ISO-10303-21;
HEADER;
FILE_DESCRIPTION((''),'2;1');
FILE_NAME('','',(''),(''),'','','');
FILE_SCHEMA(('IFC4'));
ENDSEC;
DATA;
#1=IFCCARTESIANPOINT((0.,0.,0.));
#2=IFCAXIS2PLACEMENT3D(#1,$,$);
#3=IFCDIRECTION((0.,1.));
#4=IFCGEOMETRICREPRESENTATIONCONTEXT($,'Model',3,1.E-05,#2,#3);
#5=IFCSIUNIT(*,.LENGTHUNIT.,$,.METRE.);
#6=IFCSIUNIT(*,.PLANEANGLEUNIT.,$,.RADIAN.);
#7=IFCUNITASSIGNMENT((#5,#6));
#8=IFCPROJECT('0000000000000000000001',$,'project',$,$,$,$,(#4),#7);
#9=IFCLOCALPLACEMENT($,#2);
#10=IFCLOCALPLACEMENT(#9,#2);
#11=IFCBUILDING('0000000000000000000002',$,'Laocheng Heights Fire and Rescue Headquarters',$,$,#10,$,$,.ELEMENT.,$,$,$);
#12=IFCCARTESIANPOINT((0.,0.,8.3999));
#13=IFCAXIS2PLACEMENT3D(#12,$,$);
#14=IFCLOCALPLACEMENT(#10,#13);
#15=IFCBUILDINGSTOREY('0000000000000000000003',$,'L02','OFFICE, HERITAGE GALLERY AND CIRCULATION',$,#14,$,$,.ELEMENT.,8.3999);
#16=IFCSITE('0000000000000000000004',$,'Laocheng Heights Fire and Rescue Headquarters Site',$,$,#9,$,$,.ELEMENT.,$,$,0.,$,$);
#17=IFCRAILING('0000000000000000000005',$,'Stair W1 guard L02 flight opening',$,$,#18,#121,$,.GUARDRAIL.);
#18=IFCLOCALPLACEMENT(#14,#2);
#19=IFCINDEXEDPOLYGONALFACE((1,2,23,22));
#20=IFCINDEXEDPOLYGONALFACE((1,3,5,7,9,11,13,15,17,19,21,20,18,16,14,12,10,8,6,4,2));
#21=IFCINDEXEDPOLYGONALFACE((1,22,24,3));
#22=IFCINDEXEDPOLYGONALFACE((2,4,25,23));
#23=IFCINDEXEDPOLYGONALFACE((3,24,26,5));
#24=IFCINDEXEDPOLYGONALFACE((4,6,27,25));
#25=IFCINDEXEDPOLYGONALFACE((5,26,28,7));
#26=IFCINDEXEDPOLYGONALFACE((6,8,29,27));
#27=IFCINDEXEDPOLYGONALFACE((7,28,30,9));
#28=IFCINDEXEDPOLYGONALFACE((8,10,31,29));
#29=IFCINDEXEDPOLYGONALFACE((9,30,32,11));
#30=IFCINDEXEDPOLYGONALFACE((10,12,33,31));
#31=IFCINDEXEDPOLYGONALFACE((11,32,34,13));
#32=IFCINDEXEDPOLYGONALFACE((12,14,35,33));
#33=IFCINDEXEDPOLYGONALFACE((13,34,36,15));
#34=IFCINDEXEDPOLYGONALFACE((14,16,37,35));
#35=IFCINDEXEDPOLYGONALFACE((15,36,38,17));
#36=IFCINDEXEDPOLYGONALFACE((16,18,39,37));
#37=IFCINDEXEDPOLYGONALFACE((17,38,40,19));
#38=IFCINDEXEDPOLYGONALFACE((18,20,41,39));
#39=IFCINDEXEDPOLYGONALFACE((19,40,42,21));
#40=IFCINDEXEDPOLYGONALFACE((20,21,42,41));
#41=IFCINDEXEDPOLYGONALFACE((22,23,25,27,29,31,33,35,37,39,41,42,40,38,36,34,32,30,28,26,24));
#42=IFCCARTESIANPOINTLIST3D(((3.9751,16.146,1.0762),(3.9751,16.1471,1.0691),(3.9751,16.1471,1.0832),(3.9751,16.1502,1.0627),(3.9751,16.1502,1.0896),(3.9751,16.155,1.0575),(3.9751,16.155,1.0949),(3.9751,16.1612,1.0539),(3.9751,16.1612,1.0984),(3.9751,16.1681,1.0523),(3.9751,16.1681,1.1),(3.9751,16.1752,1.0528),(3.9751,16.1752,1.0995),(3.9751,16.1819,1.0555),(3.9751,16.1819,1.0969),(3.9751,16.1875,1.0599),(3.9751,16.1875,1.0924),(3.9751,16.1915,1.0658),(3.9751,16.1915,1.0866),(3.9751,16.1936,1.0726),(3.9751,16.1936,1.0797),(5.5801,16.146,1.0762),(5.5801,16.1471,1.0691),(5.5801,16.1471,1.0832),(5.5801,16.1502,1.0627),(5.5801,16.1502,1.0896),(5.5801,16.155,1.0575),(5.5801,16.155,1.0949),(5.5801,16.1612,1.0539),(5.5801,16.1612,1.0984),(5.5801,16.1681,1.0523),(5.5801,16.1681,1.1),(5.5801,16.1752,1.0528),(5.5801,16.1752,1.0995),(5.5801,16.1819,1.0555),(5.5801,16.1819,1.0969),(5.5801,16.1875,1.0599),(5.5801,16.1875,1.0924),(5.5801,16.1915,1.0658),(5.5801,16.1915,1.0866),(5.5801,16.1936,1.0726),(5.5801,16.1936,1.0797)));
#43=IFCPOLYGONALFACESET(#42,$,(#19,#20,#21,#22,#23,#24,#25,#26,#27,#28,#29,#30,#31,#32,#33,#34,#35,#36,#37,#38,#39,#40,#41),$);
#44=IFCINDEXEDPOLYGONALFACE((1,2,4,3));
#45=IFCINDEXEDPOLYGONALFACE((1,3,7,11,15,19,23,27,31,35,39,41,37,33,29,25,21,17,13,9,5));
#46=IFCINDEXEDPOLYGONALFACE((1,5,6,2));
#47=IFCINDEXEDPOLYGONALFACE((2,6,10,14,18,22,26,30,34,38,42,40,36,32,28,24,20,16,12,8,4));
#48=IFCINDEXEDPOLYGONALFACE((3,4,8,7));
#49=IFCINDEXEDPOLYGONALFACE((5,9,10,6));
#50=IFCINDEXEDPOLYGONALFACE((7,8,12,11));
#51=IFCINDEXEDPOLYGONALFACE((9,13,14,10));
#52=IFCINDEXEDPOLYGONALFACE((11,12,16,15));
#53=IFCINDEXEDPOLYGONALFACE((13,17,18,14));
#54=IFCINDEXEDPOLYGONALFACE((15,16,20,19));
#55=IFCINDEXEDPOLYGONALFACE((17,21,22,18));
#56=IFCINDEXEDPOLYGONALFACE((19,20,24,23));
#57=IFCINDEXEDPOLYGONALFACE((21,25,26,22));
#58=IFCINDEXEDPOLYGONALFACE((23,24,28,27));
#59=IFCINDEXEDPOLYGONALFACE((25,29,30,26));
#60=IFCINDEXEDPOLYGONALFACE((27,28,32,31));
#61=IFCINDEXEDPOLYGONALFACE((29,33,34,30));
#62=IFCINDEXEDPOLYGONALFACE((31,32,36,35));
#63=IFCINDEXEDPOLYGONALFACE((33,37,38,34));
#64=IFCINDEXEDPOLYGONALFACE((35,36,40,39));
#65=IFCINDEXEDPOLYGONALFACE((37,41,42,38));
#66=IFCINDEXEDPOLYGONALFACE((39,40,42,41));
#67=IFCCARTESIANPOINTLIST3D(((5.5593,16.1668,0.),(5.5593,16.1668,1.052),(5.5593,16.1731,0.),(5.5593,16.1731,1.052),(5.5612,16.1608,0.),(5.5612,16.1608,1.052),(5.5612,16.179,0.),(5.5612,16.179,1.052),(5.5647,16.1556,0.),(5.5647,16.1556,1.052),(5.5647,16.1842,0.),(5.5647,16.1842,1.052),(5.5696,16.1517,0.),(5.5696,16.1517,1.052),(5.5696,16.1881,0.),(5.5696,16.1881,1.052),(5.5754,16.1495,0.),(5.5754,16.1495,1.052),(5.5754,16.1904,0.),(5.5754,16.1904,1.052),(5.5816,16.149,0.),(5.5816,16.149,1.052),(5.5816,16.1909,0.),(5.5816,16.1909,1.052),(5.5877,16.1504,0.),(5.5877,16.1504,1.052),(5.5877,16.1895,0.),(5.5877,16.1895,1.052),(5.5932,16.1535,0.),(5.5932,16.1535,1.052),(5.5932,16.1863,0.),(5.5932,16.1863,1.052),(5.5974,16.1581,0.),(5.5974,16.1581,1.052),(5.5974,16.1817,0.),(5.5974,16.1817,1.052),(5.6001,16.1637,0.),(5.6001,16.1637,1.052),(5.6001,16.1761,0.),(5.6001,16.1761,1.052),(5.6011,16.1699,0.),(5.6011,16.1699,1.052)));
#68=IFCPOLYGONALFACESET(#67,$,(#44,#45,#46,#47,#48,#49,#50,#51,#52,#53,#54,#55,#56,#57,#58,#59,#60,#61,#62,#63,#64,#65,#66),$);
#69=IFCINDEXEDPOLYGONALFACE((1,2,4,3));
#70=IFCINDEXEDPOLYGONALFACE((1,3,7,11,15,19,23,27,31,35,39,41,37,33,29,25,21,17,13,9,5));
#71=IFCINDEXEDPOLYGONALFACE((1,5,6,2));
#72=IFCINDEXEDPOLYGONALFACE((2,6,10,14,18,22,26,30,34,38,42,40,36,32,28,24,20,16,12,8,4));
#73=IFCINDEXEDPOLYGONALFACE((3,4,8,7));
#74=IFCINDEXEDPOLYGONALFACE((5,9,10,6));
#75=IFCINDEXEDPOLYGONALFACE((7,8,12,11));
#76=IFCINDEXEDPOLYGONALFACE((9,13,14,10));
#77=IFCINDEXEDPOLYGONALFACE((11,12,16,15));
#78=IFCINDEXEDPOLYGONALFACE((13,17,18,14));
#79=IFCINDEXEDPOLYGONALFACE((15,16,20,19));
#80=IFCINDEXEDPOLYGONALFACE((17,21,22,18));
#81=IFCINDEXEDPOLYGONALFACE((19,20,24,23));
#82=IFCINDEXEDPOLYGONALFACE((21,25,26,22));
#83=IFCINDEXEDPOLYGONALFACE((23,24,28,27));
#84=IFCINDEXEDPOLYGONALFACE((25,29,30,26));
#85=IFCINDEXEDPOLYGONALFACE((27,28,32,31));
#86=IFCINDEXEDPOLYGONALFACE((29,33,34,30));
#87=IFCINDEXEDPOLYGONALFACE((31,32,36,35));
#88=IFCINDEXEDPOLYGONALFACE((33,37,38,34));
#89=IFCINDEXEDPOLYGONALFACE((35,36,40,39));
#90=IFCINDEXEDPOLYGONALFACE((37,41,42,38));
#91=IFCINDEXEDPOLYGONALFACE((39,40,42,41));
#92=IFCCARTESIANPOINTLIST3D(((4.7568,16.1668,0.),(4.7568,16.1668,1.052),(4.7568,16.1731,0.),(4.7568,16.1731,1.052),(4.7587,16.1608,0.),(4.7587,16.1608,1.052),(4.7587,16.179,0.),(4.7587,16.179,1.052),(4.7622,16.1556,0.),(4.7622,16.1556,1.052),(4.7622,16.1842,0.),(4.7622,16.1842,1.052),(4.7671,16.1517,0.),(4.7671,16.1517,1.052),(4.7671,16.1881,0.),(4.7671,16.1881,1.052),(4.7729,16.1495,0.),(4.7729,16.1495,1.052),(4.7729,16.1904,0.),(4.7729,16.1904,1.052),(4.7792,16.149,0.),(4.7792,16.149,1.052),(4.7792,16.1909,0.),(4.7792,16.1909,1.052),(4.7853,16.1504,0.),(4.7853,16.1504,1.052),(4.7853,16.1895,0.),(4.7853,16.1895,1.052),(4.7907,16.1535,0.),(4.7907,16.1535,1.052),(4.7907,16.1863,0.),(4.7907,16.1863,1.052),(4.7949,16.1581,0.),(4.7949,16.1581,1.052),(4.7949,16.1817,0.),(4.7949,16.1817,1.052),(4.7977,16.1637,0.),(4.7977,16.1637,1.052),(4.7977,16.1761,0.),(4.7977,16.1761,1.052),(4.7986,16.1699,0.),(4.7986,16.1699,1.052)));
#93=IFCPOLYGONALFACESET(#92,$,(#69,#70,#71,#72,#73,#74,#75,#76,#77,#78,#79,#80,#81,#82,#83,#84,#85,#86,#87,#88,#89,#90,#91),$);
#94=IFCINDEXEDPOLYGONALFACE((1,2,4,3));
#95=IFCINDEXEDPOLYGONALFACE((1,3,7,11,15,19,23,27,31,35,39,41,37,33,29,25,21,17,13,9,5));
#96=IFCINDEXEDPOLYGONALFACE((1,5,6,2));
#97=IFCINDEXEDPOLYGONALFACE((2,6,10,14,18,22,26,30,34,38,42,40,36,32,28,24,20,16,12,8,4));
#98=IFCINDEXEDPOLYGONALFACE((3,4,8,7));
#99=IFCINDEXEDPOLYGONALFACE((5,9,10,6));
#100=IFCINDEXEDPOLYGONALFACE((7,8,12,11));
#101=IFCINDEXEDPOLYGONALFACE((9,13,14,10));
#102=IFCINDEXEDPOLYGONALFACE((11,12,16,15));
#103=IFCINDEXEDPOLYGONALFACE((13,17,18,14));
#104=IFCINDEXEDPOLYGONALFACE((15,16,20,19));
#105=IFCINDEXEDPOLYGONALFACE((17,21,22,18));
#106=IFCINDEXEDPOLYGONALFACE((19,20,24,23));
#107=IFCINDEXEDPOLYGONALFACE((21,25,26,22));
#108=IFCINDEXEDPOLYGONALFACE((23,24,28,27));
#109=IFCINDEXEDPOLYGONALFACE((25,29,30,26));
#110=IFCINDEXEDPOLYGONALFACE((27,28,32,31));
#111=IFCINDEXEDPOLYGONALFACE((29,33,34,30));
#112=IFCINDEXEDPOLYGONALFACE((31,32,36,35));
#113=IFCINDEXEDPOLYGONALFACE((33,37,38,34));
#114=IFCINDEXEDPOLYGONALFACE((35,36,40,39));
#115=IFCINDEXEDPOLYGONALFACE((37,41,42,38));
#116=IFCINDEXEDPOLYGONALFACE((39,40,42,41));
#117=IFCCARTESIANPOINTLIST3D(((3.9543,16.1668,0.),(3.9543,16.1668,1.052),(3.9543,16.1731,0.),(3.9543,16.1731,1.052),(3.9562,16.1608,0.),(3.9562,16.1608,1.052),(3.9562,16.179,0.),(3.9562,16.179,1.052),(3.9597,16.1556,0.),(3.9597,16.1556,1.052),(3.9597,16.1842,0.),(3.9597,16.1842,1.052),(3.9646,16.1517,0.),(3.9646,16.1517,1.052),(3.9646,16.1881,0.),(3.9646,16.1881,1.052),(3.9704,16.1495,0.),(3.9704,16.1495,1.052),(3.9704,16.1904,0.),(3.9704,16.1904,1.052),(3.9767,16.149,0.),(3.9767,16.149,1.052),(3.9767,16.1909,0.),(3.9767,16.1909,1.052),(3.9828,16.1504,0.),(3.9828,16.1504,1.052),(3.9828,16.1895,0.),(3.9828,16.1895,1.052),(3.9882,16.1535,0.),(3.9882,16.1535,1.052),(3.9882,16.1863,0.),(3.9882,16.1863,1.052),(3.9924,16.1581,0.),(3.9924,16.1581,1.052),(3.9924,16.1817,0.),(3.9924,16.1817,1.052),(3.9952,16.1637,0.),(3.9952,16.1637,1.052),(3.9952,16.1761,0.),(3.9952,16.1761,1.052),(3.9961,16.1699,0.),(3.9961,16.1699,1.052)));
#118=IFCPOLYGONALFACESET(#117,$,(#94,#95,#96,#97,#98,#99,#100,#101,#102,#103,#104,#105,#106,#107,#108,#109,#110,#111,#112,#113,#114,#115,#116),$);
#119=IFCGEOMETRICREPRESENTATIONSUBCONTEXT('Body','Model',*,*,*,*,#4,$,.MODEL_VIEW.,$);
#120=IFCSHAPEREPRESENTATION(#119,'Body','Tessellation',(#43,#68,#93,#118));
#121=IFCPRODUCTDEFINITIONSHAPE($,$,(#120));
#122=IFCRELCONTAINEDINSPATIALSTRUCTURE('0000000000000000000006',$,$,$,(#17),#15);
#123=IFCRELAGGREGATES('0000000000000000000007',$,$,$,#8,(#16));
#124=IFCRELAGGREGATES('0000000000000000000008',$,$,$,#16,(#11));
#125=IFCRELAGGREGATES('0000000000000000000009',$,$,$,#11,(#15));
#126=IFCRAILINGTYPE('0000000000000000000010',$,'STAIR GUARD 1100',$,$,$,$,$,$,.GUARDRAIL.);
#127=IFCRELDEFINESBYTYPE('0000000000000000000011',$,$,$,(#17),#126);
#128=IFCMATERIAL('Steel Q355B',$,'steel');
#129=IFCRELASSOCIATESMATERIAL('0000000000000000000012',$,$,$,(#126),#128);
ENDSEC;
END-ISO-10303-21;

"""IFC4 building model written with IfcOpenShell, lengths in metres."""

from ifc_helpers import new_model, si_unit, direction, frame, origin, origin_2d, place, context, subcontext, project, spatial, circle, extrude, material, type_object, element, save


model = new_model("IFC4")

# Units and contexts
model_context = context("Model", 3, precision=1e-05, world=origin(), true_north=direction((0.0, 1.0)))
body_context = subcontext(model_context, "Body", "Model", "MODEL_VIEW")
ifc_project = project(units=[si_unit("LENGTHUNIT", "METRE"), si_unit("PLANEANGLEUNIT", "RADIAN")], contexts=[model_context])

# Site, building, storey
site_placement = place(None, origin())
site = spatial("IfcSite", under=ifc_project, at=site_placement, Name="Laocheng Heights Fire and Rescue Headquarters Site", CompositionType="ELEMENT", RefElevation=0.0)
building_placement = place(site_placement, origin())
building = spatial("IfcBuilding", under=site, at=building_placement, Name="Laocheng Heights Fire and Rescue Headquarters", CompositionType="ELEMENT")
storey_placement = place(building_placement, frame((0.0, 0.0, 8.3999)))
storey = spatial("IfcBuildingStorey", under=building, at=storey_placement, Name="L02", Description="OFFICE, HERITAGE GALLERY AND CIRCULATION", CompositionType="ELEMENT", Elevation=8.3999)

# Railing
ifc_material_1 = material(Name="Steel Q355B", Category="steel")
railing_type = type_object("IfcRailingType", Name="STAIR GUARD 1100", PredefinedType="GUARDRAIL", material=ifc_material_1)
railing_1_placement = place(storey_placement, frame((5.5801, 16.1699, 0.0)))
element("IfcRailing", 1, at=railing_1_placement, inside=storey, type_object=railing_type, Name="Stair W1 guard L02 flight opening", PredefinedType="GUARDRAIL", context=body_context, shape_type="SweptSolid", body=[
    extrude(circle(Radius=0.0239, at=origin_2d()), frame((0.0, 0.0, 1.0762), z_axis=(-1.0, 0.0, 0.0), x_axis=(0.0, -1.0, 0.0)), (0.0, 0.0, 1.0), 1.605),
    extrude(circle(Radius=0.021, at=origin_2d()), origin(), (0.0, 0.0, 1.0), 1.052),
    extrude(circle(Radius=0.021, at=origin_2d()), frame((-0.8025, 0.0, 0.0)), (0.0, 0.0, 1.0), 1.052),
    extrude(circle(Radius=0.021, at=origin_2d()), frame((-1.605, 0.0, 0.0)), (0.0, 0.0, 1.0), 1.052),
])

save(model, "model.ifc")
